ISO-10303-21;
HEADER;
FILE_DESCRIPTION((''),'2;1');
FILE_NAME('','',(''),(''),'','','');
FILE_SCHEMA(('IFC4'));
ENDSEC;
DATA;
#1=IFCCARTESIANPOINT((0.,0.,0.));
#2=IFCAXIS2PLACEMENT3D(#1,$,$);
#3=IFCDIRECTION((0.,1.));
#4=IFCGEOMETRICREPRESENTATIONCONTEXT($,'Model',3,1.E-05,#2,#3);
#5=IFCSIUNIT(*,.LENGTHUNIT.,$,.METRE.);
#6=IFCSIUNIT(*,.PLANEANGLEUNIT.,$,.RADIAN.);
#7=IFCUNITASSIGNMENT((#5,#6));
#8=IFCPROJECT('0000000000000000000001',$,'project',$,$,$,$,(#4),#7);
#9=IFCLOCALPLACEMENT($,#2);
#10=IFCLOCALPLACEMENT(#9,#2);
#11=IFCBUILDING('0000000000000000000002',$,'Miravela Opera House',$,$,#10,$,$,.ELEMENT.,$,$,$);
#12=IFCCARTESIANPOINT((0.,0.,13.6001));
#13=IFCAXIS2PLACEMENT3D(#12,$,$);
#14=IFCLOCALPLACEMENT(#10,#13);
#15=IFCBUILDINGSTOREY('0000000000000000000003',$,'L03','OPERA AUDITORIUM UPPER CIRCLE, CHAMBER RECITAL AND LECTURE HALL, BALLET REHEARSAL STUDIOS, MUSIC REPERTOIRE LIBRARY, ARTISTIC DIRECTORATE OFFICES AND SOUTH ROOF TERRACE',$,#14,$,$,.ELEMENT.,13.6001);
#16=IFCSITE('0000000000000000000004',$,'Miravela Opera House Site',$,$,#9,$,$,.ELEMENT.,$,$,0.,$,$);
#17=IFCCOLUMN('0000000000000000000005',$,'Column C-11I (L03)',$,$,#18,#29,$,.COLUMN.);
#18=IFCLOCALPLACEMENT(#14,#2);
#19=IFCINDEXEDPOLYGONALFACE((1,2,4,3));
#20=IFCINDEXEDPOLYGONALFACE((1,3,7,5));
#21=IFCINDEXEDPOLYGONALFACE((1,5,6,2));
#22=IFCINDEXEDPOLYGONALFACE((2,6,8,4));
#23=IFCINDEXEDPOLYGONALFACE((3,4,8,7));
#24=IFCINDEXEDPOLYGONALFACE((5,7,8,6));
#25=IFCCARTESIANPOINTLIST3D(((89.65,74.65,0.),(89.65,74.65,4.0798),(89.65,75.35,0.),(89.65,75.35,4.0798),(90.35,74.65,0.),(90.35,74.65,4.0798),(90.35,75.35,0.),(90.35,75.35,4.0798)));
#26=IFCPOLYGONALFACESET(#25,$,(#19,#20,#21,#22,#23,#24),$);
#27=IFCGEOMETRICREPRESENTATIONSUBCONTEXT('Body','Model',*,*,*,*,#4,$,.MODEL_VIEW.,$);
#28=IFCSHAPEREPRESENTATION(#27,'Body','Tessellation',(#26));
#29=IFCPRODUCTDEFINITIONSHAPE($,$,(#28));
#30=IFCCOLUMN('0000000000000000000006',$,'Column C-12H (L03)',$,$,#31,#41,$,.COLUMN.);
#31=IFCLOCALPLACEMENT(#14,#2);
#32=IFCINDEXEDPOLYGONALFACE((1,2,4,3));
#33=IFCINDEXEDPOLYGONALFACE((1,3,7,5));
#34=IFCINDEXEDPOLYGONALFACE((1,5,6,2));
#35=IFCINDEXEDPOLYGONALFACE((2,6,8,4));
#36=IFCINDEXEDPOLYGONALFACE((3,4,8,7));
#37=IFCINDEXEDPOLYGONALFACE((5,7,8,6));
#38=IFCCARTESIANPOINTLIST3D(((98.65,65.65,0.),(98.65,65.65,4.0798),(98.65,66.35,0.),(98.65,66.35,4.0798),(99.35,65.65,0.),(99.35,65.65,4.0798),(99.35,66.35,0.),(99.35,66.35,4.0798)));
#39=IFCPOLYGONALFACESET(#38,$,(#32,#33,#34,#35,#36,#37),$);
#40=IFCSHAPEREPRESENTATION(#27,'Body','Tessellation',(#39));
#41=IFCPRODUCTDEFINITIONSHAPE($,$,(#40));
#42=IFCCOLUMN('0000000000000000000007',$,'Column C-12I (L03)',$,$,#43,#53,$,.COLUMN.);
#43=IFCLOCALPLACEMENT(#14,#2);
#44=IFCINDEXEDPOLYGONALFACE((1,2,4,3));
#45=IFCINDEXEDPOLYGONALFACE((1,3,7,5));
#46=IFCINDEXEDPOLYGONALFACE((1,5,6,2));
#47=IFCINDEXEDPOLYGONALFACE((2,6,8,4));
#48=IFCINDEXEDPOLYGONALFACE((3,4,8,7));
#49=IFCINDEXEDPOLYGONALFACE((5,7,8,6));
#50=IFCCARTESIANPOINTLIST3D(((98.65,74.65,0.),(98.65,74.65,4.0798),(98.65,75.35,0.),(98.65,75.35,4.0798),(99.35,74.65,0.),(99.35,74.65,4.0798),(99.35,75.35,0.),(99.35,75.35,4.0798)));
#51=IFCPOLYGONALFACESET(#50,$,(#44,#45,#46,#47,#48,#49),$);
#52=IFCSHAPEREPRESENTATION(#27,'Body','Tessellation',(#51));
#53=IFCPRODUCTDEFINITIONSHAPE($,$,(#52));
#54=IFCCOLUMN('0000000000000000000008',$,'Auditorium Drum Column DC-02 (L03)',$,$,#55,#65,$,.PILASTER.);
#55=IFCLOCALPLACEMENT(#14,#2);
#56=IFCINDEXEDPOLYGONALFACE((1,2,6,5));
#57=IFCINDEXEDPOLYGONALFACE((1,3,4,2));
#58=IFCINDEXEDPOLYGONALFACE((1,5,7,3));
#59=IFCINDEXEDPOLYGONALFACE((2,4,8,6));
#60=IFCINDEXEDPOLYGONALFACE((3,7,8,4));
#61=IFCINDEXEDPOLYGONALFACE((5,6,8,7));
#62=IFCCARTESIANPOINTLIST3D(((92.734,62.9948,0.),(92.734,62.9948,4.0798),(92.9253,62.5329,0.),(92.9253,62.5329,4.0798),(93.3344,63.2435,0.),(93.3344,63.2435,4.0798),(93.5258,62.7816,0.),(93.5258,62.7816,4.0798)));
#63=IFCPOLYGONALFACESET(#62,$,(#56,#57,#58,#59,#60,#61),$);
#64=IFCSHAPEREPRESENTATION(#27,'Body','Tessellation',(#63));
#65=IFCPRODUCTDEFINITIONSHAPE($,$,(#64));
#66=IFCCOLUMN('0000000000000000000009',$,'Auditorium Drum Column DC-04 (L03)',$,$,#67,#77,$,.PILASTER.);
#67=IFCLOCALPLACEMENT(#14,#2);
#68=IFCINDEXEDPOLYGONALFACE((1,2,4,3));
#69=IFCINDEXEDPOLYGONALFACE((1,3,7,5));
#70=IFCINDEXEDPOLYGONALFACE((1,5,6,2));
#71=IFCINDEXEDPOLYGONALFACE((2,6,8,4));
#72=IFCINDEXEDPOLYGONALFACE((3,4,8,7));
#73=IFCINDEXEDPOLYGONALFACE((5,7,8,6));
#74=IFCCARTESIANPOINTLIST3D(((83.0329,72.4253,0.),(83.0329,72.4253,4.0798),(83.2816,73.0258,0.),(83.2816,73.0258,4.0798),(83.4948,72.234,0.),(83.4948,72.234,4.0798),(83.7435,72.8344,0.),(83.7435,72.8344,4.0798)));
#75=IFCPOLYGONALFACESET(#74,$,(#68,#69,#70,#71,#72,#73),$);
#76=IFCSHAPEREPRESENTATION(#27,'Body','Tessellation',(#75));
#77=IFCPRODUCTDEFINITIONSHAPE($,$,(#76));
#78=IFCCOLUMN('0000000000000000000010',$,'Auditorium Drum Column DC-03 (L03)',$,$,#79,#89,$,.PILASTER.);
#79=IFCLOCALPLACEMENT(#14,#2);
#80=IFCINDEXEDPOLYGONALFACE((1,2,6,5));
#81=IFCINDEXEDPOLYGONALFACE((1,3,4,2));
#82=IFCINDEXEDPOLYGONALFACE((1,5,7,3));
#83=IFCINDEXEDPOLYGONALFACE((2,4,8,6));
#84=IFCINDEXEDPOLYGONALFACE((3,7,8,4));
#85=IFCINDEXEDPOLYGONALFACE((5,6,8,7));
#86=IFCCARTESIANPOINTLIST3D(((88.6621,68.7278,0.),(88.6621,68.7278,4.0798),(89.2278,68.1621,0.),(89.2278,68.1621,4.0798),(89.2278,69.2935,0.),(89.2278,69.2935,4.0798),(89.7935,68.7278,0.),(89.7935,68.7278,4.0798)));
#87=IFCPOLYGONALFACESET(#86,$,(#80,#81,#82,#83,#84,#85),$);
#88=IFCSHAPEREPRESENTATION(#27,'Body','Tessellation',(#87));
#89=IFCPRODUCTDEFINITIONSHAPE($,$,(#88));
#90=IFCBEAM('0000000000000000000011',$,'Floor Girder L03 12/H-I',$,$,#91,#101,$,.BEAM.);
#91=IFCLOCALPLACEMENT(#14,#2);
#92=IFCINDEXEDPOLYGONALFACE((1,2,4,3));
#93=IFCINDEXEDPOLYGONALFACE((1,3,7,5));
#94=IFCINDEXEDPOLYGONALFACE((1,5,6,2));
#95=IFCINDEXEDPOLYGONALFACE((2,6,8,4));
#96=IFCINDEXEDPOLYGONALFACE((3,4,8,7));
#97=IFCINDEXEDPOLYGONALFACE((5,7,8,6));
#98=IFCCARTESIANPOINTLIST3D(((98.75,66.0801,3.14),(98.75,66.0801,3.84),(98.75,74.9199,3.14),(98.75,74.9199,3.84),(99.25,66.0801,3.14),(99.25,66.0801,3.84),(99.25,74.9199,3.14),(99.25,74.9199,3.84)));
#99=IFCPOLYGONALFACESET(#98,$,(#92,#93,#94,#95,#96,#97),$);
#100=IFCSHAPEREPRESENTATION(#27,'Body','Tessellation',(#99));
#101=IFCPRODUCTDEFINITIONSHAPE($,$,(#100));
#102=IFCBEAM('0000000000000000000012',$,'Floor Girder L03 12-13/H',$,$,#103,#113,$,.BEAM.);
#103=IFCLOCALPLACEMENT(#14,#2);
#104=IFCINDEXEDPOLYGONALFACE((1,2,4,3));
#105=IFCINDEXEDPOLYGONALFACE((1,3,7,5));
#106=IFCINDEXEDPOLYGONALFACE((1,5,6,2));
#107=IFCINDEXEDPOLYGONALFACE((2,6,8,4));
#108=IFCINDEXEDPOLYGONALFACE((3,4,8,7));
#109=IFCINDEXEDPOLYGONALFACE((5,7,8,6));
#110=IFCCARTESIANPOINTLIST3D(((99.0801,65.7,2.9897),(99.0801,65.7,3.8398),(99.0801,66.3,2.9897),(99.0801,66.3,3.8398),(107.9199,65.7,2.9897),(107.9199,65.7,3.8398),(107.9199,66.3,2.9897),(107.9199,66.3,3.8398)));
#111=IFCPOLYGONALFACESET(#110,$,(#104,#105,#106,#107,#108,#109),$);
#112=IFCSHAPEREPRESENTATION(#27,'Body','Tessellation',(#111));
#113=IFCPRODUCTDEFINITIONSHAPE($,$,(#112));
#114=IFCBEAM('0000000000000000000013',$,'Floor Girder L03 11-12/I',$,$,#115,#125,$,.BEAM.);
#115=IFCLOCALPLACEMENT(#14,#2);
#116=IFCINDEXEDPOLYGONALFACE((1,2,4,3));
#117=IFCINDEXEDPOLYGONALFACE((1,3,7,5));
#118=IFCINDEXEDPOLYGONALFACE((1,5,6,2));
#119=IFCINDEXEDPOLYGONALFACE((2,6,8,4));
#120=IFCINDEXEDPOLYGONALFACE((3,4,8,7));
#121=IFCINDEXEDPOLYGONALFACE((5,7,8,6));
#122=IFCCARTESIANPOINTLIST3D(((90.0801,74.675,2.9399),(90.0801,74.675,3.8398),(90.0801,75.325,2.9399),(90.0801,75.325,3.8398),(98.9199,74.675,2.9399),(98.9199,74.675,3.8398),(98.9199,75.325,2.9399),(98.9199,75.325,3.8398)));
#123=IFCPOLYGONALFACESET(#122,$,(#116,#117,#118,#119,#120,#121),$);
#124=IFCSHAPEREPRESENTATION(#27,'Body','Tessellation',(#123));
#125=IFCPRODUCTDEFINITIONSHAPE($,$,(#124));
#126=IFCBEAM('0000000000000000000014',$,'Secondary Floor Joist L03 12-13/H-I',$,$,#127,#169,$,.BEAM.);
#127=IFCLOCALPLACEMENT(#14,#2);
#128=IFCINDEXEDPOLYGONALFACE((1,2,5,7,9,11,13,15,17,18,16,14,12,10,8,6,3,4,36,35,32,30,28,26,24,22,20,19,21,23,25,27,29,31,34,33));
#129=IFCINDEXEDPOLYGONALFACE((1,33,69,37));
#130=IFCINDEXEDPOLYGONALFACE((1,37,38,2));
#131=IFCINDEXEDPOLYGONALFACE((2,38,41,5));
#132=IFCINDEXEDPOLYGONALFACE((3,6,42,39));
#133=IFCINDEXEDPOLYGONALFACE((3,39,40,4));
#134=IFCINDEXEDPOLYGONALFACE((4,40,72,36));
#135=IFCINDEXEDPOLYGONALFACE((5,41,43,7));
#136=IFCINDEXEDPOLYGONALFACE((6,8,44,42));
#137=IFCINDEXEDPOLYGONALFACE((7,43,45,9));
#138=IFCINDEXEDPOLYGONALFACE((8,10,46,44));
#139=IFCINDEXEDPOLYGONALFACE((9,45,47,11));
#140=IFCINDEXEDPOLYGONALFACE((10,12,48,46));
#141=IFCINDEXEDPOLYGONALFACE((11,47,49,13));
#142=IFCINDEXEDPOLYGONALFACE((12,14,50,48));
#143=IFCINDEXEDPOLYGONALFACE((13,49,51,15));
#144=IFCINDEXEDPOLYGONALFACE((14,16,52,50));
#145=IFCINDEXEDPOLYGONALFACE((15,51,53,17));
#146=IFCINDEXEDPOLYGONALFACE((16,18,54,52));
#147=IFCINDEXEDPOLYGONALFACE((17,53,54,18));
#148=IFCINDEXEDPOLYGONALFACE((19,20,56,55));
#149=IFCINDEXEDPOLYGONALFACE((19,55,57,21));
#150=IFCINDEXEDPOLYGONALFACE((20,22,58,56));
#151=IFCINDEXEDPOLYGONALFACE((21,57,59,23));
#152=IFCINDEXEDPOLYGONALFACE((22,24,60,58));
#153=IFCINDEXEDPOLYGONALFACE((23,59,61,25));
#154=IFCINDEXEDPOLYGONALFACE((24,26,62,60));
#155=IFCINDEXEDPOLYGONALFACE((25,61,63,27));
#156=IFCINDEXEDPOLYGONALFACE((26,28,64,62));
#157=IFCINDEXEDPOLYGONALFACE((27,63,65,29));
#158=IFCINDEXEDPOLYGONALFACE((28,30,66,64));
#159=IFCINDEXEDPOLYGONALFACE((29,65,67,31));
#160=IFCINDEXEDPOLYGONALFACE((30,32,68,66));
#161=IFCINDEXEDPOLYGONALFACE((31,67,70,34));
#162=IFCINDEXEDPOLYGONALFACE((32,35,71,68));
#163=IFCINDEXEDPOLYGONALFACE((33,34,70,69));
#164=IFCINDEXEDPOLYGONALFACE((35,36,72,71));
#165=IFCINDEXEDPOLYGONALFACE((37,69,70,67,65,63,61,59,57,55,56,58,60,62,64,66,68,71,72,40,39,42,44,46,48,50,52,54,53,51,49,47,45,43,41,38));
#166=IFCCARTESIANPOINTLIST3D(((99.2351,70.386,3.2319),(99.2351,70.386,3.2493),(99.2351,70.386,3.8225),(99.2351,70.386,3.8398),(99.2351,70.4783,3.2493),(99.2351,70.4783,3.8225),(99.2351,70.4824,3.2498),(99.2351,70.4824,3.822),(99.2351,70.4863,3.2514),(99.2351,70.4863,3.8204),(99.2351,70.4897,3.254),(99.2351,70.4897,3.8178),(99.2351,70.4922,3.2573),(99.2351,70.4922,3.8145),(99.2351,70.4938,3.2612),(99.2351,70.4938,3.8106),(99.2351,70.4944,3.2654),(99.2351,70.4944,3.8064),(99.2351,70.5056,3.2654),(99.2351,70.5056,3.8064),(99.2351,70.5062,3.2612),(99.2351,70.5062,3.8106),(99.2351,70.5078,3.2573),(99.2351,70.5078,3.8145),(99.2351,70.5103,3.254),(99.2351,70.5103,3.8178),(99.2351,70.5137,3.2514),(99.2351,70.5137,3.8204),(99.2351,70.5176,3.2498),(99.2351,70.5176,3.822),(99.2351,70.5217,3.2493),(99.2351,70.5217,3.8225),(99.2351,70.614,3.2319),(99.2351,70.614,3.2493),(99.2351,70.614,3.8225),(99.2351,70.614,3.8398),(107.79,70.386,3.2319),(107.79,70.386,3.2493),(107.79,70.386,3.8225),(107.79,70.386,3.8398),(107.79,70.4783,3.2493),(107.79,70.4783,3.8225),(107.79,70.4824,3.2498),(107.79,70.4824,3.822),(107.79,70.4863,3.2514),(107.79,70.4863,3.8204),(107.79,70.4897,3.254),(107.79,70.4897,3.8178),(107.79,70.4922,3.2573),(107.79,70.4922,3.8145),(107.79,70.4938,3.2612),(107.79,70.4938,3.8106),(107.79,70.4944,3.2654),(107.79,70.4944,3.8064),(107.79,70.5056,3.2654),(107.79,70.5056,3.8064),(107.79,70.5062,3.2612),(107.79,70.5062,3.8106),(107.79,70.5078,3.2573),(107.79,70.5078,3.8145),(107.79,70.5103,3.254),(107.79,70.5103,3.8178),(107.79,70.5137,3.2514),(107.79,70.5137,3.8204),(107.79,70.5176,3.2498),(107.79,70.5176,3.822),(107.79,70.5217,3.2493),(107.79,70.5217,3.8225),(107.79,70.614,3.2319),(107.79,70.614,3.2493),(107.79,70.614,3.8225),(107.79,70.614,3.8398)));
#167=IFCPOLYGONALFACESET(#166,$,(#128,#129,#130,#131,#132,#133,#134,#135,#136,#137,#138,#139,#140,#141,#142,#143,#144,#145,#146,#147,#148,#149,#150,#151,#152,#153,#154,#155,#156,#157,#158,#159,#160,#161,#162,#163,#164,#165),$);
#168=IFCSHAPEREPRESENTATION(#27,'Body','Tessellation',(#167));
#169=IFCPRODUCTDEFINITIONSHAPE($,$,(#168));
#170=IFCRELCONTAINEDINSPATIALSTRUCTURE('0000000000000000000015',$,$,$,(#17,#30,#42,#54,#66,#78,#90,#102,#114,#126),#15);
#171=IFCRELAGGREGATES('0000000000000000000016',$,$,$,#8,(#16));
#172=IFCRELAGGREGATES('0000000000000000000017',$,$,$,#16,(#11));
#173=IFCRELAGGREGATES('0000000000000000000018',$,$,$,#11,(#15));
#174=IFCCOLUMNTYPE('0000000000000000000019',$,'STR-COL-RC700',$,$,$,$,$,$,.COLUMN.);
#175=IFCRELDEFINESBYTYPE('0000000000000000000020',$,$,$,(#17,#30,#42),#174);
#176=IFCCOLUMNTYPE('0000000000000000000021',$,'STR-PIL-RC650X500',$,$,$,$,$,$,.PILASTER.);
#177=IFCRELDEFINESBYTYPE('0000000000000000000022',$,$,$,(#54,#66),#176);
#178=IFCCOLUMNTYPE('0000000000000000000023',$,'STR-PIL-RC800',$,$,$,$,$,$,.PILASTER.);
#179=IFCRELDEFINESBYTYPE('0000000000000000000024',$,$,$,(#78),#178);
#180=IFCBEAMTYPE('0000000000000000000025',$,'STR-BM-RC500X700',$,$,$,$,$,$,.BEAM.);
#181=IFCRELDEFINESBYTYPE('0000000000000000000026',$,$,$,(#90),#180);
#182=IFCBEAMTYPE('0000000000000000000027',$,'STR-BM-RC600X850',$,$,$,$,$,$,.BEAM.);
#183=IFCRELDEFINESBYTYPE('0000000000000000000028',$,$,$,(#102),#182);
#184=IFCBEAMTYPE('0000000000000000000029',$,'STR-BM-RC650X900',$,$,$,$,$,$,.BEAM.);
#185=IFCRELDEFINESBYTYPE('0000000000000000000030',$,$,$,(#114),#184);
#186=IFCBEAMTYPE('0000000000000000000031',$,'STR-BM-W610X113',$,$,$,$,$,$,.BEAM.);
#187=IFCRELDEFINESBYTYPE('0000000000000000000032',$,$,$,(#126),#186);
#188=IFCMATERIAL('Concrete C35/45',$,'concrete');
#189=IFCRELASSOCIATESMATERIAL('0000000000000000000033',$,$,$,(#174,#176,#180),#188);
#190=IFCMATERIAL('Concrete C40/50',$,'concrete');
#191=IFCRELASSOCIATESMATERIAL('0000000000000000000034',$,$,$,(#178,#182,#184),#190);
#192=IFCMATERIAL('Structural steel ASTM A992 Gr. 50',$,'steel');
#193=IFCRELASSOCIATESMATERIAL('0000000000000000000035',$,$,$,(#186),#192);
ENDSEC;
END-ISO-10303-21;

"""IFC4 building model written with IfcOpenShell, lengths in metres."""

from ifc_helpers import new_model, si_unit, direction, frame, origin, origin_2d, place, context, subcontext, project, spatial, rectangle, i_section, extrude, material, material_profile, profile_set, type_object, element, save


model = new_model("IFC4")

# Units and contexts
model_context = context("Model", 3, precision=1e-05, world=origin(), true_north=direction((0.0, 1.0)))
body_context = subcontext(model_context, "Body", "Model", "MODEL_VIEW")
ifc_project = project(units=[si_unit("LENGTHUNIT", "METRE"), si_unit("PLANEANGLEUNIT", "RADIAN")], contexts=[model_context])

# Site, building, storey
site_placement = place(None, origin())
site = spatial("IfcSite", under=ifc_project, at=site_placement, Name="Miravela Opera House Site", CompositionType="ELEMENT", RefElevation=0.0)
building_placement = place(site_placement, origin())
building = spatial("IfcBuilding", under=site, at=building_placement, Name="Miravela Opera House", CompositionType="ELEMENT")
storey_placement = place(building_placement, frame((0.0, 0.0, 13.6001)))
storey = spatial("IfcBuildingStorey", under=building, at=storey_placement, Name="L03", Description="OPERA AUDITORIUM UPPER CIRCLE, CHAMBER RECITAL AND LECTURE HALL, BALLET REHEARSAL STUDIOS, MUSIC REPERTOIRE LIBRARY, ARTISTIC DIRECTORATE OFFICES AND SOUTH ROOF TERRACE", CompositionType="ELEMENT", Elevation=13.6001)

# Columns
ifc_material_1 = material(Name="Concrete C35/45", Category="concrete")
ifc_material_profile_1 = material_profile(ifc_material_1, rectangle(XDim=0.7, YDim=0.7, at=origin_2d()), Name="RC-COL-700X700")
ifc_profile_set_1 = profile_set([ifc_material_profile_1])
column_type_1 = type_object("IfcColumnType", Name="STR-COL-RC700", PredefinedType="COLUMN", material=ifc_profile_set_1)
for number, where, z_axis, x_axis, name in (
    (1, (90.0, 75.0, 0.0), (0.0, 0.0, 1.0), (1.0, 0.0, 0.0), "Column C-11I (L03)"),
    (2, (99.0, 66.0, 0.0), (0.0, 0.0, 1.0), (1.0, 0.0, 0.0), "Column C-12H (L03)"),
    (3, (99.0, 75.0, 0.0), (0.0, 0.0, 1.0), (1.0, 0.0, 0.0), "Column C-12I (L03)"),
):
    element("IfcColumn", number, at=place(storey_placement, frame(where, z_axis=z_axis, x_axis=x_axis)), inside=storey, type_object=column_type_1, Name=name, PredefinedType="COLUMN", context=body_context, shape_type="SweptSolid", body=[
        extrude(rectangle(XDim=0.7, YDim=0.7, at=origin_2d()), origin(), (0.0, 0.0, 1.0), 4.0798),
    ])
ifc_material_profile_2 = material_profile(ifc_material_1, rectangle(XDim=0.6499, YDim=0.5, at=origin_2d()), Name="RC-PIL-650X500")
ifc_profile_set_2 = profile_set([ifc_material_profile_2])
column_type_2 = type_object("IfcColumnType", Name="STR-PIL-RC650X500", PredefinedType="PILASTER", material=ifc_profile_set_2)
for number, where, z_axis, x_axis, name in (
    (4, (93.1299, 62.8882, 0.0), (0.0, 0.0, 1.0), (0.92388, 0.382683, 0.0), "Auditorium Drum Column DC-02 (L03)"),
    (5, (83.3882, 72.6299, 0.0), (0.0, 0.0, 1.0), (0.382683, 0.92388, 0.0), "Auditorium Drum Column DC-04 (L03)"),
):
    element("IfcColumn", number, at=place(storey_placement, frame(where, z_axis=z_axis, x_axis=x_axis)), inside=storey, type_object=column_type_2, Name=name, PredefinedType="PILASTER", context=body_context, shape_type="SweptSolid", body=[
        extrude(rectangle(XDim=0.6499, YDim=0.5, at=origin_2d()), origin(), (0.0, 0.0, 1.0), 4.0798),
    ])
ifc_material_2 = material(Name="Concrete C40/50", Category="concrete")
ifc_material_profile_3 = material_profile(ifc_material_2, rectangle(XDim=0.8, YDim=0.8, at=origin_2d()), Name="RC-COL-800X800")
ifc_profile_set_3 = profile_set([ifc_material_profile_3])
column_type_3 = type_object("IfcColumnType", Name="STR-PIL-RC800", PredefinedType="PILASTER", material=ifc_profile_set_3)
column_placement = place(storey_placement, frame((89.2278, 68.7278, 0.0), z_axis=(0.0, 0.0, 1.0), x_axis=(0.707107, 0.707107, 0.0)))
element("IfcColumn", 6, at=column_placement, inside=storey, type_object=column_type_3, Name="Auditorium Drum Column DC-03 (L03)", PredefinedType="PILASTER", context=body_context, shape_type="SweptSolid", body=[
    extrude(rectangle(XDim=0.8, YDim=0.8, at=origin_2d()), origin(), (0.0, 0.0, 1.0), 4.0798),
])

# Beams
ifc_material_profile_4 = material_profile(ifc_material_1, rectangle(XDim=0.5, YDim=0.7, at=origin_2d()), Name="RC-BM-500X700")
ifc_profile_set_4 = profile_set([ifc_material_profile_4])
beam_type_1 = type_object("IfcBeamType", Name="STR-BM-RC500X700", PredefinedType="BEAM", material=ifc_profile_set_4)
beam_1_placement = place(storey_placement, frame((99.0, 66.0801, 3.49), z_axis=(0.0, 1.0, 0.0), x_axis=(-1.0, 0.0, 0.0)))
element("IfcBeam", 7, at=beam_1_placement, inside=storey, type_object=beam_type_1, Name="Floor Girder L03 12/H-I", PredefinedType="BEAM", context=body_context, shape_type="SweptSolid", body=[
    extrude(rectangle(XDim=0.5, YDim=0.7, at=origin_2d()), origin(), (0.0, 0.0, 1.0), 8.8398),
])
ifc_material_profile_5 = material_profile(ifc_material_2, rectangle(XDim=0.6001, YDim=0.8501, at=origin_2d()), Name="RC-BM-600X850")
ifc_profile_set_5 = profile_set([ifc_material_profile_5])
beam_type_2 = type_object("IfcBeamType", Name="STR-BM-RC600X850", PredefinedType="BEAM", material=ifc_profile_set_5)
beam_2_placement = place(storey_placement, frame((99.0801, 66.0, 3.4148), z_axis=(1.0, 0.0, 0.0), x_axis=(0.0, 1.0, 0.0)))
element("IfcBeam", 8, at=beam_2_placement, inside=storey, type_object=beam_type_2, Name="Floor Girder L03 12-13/H", PredefinedType="BEAM", context=body_context, shape_type="SweptSolid", body=[
    extrude(rectangle(XDim=0.6001, YDim=0.8501, at=origin_2d()), origin(), (0.0, 0.0, 1.0), 8.8398),
])
ifc_material_profile_6 = material_profile(ifc_material_2, rectangle(XDim=0.6499, YDim=0.8999, at=origin_2d()), Name="RC-BM-650X900")
ifc_profile_set_6 = profile_set([ifc_material_profile_6])
beam_type_3 = type_object("IfcBeamType", Name="STR-BM-RC650X900", PredefinedType="BEAM", material=ifc_profile_set_6)
beam_3_placement = place(storey_placement, frame((90.0801, 75.0, 3.3899), z_axis=(1.0, 0.0, 0.0), x_axis=(0.0, 1.0, 0.0)))
element("IfcBeam", 9, at=beam_3_placement, inside=storey, type_object=beam_type_3, Name="Floor Girder L03 11-12/I", PredefinedType="BEAM", context=body_context, shape_type="SweptSolid", body=[
    extrude(rectangle(XDim=0.6499, YDim=0.8999, at=origin_2d()), origin(), (0.0, 0.0, 1.0), 8.8398),
])
ifc_material_3 = material(Name="Structural steel ASTM A992 Gr. 50", Category="steel")
ifc_material_profile_7 = material_profile(ifc_material_3, i_section(OverallWidth=0.228, OverallDepth=0.6079, WebThickness=0.0112, FlangeThickness=0.0173, FilletRadius=0.0161, at=origin_2d()), Name="W610X113")
ifc_profile_set_7 = profile_set([ifc_material_profile_7])
beam_type_4 = type_object("IfcBeamType", Name="STR-BM-W610X113", PredefinedType="BEAM", material=ifc_profile_set_7)
beam_4_placement = place(storey_placement, frame((99.2351, 70.5, 3.5359), z_axis=(1.0, 0.0, 0.0), x_axis=(0.0, 1.0, 0.0)))
element("IfcBeam", 10, at=beam_4_placement, inside=storey, type_object=beam_type_4, Name="Secondary Floor Joist L03 12-13/H-I", PredefinedType="BEAM", context=body_context, shape_type="SweptSolid", body=[
    extrude(i_section(OverallWidth=0.228, OverallDepth=0.6079, WebThickness=0.0112, FlangeThickness=0.0173, FilletRadius=0.0161, at=origin_2d()), origin(), (0.0, 0.0, 1.0), 8.5549),
])

save(model, "model.ifc")
